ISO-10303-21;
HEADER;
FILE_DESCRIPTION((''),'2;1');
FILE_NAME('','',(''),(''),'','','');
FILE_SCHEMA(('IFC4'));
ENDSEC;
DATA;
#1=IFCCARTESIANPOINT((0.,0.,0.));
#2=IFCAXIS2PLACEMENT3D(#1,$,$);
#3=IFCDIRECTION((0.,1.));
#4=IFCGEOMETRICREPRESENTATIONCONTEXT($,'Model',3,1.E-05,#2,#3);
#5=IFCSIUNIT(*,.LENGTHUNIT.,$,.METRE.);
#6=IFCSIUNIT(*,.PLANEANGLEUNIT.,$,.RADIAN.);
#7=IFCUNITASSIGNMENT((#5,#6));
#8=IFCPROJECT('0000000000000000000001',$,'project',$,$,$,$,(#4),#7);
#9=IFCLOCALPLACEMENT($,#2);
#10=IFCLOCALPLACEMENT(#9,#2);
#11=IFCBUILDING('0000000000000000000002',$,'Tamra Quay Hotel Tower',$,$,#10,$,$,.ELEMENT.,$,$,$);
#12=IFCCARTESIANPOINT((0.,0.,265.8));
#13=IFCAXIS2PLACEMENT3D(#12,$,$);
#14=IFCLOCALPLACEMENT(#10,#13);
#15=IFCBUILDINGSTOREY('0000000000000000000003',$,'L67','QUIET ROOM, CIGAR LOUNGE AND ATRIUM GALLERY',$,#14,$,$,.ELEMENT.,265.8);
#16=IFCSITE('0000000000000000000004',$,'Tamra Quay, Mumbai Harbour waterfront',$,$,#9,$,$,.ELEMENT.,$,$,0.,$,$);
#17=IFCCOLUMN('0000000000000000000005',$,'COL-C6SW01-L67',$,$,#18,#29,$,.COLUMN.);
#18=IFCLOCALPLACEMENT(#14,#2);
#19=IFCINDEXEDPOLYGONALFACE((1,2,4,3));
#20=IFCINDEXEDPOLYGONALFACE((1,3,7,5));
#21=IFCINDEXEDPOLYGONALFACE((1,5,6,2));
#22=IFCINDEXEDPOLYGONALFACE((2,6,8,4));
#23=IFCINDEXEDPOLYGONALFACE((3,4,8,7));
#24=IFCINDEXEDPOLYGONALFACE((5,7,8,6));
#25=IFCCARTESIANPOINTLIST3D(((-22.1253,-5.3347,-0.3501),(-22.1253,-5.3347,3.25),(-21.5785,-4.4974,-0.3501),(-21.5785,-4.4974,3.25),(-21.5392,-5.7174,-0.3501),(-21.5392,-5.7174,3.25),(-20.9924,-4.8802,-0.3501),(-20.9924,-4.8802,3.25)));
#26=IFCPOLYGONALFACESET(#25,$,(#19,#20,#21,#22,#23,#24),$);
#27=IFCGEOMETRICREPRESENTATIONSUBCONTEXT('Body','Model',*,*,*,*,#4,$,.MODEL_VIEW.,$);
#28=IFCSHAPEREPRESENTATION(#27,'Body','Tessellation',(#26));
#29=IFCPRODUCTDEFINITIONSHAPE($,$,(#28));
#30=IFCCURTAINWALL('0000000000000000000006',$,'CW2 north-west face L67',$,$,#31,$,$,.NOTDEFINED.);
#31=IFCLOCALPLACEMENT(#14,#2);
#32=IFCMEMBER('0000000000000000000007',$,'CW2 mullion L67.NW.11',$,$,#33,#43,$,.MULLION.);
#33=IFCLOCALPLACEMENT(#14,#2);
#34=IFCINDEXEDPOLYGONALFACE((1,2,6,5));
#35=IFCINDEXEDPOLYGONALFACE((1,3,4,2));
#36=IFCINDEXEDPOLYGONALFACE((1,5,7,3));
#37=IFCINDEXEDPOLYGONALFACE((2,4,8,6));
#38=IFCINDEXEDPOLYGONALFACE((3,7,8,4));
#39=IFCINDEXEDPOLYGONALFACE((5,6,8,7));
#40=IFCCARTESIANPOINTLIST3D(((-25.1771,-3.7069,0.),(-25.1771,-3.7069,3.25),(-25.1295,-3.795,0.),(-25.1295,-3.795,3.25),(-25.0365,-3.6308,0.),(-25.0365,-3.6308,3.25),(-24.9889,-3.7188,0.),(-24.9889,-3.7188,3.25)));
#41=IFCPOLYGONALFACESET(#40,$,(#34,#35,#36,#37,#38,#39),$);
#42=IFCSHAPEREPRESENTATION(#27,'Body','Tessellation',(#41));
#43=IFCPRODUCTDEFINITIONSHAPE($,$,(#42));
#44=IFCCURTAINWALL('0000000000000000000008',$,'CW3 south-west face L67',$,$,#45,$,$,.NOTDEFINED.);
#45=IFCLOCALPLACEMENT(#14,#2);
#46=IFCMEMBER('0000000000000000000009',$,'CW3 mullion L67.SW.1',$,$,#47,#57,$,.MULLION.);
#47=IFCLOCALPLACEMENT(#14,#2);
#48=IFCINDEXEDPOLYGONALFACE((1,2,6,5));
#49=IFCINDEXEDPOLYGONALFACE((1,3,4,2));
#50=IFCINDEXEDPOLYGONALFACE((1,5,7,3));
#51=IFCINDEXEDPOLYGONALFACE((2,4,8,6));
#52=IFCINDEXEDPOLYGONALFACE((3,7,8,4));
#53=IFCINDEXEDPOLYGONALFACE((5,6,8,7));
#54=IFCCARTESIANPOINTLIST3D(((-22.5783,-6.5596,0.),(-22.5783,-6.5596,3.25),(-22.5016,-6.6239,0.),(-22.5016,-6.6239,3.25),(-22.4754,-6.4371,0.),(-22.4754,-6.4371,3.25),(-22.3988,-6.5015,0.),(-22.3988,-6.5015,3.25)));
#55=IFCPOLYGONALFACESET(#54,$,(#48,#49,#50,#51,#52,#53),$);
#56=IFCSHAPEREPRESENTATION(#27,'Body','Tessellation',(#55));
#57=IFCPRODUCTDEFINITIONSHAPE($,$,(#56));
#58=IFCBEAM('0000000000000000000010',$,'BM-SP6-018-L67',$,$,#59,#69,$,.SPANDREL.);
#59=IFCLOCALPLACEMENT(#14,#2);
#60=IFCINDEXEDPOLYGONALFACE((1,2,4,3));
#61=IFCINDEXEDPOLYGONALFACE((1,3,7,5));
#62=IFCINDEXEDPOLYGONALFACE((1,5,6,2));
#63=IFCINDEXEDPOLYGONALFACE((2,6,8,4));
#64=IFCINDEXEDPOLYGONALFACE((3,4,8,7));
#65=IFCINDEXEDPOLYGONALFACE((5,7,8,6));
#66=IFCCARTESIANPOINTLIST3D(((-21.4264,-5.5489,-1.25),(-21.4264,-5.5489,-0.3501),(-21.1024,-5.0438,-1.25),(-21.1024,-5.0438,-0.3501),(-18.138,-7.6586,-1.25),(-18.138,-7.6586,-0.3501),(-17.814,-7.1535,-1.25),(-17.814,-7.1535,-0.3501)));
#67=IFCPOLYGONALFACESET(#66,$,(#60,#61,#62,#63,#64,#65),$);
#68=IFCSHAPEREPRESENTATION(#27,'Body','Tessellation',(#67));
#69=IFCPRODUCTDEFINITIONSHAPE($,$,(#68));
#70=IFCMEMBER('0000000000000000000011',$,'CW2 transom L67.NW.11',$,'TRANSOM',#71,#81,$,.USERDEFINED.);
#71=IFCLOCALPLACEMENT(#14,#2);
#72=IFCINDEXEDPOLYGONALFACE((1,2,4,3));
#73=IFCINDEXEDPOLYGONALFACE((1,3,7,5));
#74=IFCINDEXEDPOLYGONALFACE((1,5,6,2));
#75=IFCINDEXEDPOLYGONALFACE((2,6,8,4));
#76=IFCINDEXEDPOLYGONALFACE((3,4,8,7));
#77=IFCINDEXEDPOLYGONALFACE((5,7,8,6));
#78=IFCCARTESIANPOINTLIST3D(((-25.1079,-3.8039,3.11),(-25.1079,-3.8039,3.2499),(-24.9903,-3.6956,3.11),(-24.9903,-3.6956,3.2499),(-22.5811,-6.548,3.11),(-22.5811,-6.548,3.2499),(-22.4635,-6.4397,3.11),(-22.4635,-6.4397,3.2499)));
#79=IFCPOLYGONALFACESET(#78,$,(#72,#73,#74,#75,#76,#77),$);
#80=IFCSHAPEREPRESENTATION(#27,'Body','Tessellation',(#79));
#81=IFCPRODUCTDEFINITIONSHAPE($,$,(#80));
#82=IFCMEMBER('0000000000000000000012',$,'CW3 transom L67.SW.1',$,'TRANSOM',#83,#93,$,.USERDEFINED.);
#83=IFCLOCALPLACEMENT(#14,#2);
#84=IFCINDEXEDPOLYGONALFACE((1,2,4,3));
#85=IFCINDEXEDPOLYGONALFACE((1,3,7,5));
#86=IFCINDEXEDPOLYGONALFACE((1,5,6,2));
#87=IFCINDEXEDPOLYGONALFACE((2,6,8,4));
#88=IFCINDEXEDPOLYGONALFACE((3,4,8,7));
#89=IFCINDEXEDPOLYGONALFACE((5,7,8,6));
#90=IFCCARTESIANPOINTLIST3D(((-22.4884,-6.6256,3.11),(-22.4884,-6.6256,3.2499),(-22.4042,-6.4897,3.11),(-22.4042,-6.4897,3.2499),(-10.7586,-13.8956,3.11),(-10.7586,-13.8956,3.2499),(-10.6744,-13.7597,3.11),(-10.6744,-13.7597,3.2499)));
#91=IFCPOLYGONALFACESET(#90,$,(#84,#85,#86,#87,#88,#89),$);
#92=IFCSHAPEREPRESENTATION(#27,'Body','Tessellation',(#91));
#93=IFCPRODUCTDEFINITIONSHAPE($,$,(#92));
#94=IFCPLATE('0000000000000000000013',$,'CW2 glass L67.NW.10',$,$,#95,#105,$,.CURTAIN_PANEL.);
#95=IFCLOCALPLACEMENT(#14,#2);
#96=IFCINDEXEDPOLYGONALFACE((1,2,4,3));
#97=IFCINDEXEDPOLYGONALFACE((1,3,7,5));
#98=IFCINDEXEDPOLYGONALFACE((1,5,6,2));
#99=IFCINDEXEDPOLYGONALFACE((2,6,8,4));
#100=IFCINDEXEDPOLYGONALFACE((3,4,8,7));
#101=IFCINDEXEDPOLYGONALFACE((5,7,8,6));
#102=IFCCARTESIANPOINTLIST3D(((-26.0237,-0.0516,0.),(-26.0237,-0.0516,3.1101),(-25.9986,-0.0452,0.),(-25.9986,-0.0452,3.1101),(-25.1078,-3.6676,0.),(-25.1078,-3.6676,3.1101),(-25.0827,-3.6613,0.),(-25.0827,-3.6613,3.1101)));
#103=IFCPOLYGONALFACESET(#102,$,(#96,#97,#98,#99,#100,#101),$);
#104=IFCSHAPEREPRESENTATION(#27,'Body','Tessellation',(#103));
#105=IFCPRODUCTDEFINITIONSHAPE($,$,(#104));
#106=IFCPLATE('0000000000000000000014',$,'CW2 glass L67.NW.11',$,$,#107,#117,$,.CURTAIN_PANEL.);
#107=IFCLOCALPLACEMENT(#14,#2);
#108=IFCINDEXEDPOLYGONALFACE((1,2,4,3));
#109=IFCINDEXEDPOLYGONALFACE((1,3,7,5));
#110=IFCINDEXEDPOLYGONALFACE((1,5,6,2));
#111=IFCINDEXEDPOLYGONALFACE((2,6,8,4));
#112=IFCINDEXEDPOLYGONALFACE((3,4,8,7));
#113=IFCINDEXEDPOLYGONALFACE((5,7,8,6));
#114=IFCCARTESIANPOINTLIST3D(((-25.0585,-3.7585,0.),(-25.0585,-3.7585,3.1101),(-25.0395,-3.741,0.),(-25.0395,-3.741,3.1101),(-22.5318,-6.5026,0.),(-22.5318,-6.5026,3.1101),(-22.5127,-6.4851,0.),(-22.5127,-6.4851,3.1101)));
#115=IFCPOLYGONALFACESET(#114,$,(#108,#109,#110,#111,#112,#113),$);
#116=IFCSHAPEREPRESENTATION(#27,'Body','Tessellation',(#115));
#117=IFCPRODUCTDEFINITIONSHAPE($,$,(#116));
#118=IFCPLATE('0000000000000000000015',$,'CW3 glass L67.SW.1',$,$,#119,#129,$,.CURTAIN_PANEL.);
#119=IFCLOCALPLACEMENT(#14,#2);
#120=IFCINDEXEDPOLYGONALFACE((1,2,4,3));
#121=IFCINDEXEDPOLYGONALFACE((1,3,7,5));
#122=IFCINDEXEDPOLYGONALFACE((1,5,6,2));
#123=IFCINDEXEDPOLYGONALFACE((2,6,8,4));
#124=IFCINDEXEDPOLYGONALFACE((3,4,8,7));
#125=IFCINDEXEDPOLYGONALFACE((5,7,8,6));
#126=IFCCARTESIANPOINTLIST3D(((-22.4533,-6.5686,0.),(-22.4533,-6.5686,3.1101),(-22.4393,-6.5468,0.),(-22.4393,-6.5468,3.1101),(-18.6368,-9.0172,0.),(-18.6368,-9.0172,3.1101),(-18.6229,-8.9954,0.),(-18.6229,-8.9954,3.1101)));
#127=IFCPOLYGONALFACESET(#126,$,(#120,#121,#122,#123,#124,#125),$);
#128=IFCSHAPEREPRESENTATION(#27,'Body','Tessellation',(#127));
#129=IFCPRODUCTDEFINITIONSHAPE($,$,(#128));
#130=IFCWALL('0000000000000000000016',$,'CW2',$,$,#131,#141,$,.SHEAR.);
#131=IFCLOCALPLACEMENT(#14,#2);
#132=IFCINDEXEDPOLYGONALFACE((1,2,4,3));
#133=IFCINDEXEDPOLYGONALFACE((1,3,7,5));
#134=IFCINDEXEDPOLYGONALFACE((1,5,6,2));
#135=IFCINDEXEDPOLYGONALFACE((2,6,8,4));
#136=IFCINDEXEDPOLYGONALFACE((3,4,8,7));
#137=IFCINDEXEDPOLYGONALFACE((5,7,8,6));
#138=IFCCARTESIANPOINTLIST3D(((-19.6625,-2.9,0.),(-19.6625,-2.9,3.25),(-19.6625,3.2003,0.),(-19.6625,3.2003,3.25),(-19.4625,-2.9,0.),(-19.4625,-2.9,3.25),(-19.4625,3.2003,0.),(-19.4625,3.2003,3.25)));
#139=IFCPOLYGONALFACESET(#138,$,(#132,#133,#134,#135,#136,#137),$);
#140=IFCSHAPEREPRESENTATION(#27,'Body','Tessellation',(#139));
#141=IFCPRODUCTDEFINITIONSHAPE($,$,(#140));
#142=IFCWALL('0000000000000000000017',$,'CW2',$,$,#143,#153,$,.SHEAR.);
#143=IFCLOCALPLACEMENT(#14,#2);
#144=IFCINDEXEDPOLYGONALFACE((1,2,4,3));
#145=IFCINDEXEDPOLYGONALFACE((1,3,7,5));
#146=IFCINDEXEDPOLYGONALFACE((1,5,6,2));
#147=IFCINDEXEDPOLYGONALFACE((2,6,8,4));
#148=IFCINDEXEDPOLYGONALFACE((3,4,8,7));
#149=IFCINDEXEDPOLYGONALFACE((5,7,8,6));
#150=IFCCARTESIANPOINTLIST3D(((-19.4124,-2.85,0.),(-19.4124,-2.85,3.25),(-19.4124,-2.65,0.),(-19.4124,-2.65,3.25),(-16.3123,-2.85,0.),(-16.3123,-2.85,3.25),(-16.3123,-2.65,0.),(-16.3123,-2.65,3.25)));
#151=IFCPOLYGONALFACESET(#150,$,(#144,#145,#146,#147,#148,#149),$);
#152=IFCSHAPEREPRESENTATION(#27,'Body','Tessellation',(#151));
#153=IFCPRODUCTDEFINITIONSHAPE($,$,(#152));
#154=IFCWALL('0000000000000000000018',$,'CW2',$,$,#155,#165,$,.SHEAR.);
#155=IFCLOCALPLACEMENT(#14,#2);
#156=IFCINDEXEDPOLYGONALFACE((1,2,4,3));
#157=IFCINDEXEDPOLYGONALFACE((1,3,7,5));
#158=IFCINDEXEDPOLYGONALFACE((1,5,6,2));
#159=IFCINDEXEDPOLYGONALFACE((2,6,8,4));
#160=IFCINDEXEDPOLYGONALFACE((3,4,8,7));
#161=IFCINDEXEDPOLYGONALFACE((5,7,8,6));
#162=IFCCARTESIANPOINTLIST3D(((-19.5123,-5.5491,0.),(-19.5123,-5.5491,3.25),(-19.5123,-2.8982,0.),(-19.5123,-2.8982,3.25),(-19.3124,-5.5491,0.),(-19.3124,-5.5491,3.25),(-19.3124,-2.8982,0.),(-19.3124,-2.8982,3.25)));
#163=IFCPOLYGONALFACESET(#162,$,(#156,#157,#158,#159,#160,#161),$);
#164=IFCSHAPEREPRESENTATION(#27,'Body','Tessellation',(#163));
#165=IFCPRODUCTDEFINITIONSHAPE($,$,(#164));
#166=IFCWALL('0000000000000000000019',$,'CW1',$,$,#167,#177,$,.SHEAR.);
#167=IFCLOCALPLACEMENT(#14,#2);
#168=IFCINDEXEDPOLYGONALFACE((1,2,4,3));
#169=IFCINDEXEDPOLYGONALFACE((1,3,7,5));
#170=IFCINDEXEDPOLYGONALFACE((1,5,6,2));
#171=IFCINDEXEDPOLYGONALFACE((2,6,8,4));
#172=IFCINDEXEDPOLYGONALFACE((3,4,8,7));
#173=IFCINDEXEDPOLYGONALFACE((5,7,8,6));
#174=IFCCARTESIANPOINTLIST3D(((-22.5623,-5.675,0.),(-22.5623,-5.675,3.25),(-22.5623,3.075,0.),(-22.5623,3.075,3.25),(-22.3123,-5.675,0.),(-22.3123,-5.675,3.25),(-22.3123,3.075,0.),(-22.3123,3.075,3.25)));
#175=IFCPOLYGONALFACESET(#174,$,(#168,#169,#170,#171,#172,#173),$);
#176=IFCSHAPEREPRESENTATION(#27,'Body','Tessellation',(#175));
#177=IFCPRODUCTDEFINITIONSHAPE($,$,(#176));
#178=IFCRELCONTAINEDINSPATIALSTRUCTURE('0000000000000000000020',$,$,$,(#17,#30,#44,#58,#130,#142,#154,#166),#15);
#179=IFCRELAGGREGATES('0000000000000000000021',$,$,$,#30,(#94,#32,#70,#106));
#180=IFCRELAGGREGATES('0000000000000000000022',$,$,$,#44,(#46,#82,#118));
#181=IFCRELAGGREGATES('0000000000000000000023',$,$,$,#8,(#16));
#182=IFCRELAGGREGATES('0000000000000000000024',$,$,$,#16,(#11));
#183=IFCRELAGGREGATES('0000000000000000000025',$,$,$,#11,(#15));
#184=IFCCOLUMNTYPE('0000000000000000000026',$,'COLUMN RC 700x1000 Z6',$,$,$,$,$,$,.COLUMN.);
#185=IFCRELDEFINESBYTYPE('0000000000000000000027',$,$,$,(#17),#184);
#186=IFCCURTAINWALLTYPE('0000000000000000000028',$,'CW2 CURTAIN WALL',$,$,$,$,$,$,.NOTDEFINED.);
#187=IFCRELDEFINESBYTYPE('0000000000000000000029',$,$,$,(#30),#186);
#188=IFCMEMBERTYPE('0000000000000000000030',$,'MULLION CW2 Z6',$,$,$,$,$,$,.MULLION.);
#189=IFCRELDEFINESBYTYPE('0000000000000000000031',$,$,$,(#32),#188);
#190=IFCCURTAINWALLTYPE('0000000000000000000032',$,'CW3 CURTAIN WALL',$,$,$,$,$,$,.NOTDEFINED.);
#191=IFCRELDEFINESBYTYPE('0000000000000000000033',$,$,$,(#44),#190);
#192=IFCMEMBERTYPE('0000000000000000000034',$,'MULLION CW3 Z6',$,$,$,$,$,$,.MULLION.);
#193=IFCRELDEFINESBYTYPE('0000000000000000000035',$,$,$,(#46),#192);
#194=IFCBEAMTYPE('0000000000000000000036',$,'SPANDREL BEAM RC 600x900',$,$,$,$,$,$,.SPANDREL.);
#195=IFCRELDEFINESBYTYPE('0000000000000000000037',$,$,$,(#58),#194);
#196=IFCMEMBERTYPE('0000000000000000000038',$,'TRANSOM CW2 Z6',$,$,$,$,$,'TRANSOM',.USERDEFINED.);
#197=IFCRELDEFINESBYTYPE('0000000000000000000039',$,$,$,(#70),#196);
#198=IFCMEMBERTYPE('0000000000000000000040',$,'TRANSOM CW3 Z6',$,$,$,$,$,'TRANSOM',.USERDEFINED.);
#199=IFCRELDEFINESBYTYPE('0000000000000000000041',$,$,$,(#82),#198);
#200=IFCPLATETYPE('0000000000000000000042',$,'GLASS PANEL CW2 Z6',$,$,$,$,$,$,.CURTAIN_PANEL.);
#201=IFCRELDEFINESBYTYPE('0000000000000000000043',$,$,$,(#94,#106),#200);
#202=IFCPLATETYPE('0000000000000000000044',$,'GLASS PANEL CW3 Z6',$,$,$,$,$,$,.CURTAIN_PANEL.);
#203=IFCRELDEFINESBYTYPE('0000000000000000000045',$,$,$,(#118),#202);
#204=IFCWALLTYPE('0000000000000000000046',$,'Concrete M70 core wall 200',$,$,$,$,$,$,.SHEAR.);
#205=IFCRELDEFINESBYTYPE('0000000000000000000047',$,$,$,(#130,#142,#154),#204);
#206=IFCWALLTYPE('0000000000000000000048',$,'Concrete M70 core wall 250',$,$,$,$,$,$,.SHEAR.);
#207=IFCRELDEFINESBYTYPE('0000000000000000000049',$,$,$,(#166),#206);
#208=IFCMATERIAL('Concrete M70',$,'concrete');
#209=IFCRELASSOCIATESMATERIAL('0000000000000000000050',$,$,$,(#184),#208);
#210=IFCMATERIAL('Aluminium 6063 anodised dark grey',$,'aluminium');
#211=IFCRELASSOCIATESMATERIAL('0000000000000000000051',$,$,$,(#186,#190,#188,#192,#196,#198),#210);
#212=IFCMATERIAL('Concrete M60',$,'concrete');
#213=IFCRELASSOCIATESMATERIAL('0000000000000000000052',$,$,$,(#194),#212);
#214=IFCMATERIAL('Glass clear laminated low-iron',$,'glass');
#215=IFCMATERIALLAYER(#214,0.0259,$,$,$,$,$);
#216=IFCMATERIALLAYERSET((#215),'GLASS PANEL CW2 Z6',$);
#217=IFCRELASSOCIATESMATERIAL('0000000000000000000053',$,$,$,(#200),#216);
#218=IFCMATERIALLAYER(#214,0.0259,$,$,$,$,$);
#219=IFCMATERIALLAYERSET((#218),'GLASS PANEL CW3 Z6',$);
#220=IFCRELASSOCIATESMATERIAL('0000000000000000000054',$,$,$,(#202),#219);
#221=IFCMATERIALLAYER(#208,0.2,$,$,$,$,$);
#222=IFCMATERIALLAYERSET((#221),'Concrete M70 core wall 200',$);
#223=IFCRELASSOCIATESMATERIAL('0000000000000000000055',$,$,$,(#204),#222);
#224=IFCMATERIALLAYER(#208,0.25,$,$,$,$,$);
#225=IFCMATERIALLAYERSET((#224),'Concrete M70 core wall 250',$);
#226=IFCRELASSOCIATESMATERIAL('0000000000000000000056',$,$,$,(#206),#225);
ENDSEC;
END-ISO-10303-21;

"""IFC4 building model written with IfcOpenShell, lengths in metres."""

from ifc_helpers import new_model, si_unit, direction, frame, frame_2d, origin, origin_2d, place, context, subcontext, project, spatial, rectangle, extrude, material, layer, layer_set, material_profile, profile_set, type_object, element, aggregate, save


model = new_model("IFC4")

# Units and contexts
model_context = context("Model", 3, precision=1e-05, world=origin(), true_north=direction((0.0, 1.0)))
body_context = subcontext(model_context, "Body", "Model", "MODEL_VIEW")
ifc_project = project(units=[si_unit("LENGTHUNIT", "METRE"), si_unit("PLANEANGLEUNIT", "RADIAN")], contexts=[model_context])

# Site, building, storey
site_placement = place(None, origin())
site = spatial("IfcSite", under=ifc_project, at=site_placement, Name="Tamra Quay, Mumbai Harbour waterfront", CompositionType="ELEMENT", RefElevation=0.0)
building_placement = place(site_placement, origin())
building = spatial("IfcBuilding", under=site, at=building_placement, Name="Tamra Quay Hotel Tower", CompositionType="ELEMENT")
storey_placement = place(building_placement, frame((0.0, 0.0, 265.8)))
storey = spatial("IfcBuildingStorey", under=building, at=storey_placement, Name="L67", Description="QUIET ROOM, CIGAR LOUNGE AND ATRIUM GALLERY", CompositionType="ELEMENT", Elevation=265.8)

# Column
ifc_material_1 = material(Name="Concrete M70", Category="concrete")
ifc_material_profile_1 = material_profile(ifc_material_1, rectangle(XDim=1.0, YDim=0.7, at=origin_2d()), Name="COLUMN RC 700x1000 Z6")
ifc_profile_set_1 = profile_set([ifc_material_profile_1], Name="Concrete M70")
column_type = type_object("IfcColumnType", Name="COLUMN RC 700x1000 Z6", PredefinedType="COLUMN", material=ifc_profile_set_1)
column_placement = place(storey_placement, frame((-21.5588, -5.1074, -0.3501), z_axis=(0.0, 0.0, 1.0), x_axis=(0.546805, 0.83726, 0.0)))
element("IfcColumn", 1, at=column_placement, inside=storey, type_object=column_type, Name="COL-C6SW01-L67", PredefinedType="COLUMN", context=body_context, shape_type="SweptSolid", body=[
    extrude(rectangle(XDim=1.0, YDim=0.7, at=origin_2d()), origin(), (0.0, 0.0, 1.0), 3.6001),
])

# Curtain walls, members
ifc_material_2 = material(Name="Aluminium 6063 anodised dark grey", Category="aluminium")
curtain_wall_type_1 = type_object("IfcCurtainWallType", Name="CW2 CURTAIN WALL", PredefinedType="NOTDEFINED", material=ifc_material_2)
curtain_wall_1_placement = place(storey_placement, origin())
curtain_wall_1 = element("IfcCurtainWall", 2, at=curtain_wall_1_placement, inside=storey, type_object=curtain_wall_type_1, Name="CW2 north-west face L67", PredefinedType="NOTDEFINED")
ifc_material_profile_2 = material_profile(ifc_material_2, rectangle(XDim=0.1599, YDim=0.1001, at=origin_2d()), Name="MULLION 100X160")
ifc_profile_set_2 = profile_set([ifc_material_profile_2], Name="Aluminium 6063 anodised dark grey")
member_type_1 = type_object("IfcMemberType", Name="MULLION CW2 Z6", PredefinedType="MULLION", material=ifc_profile_set_2)
member_1_placement = place(storey_placement, frame((-25.083, -3.7129, 0.0), z_axis=(0.0, 0.0, 1.0), x_axis=(-0.879433, -0.476023, 0.0)))
member_1 = element("IfcMember", 3, at=member_1_placement, type_object=member_type_1, Name="CW2 mullion L67.NW.11", PredefinedType="MULLION", context=body_context, shape_type="SweptSolid", body=[
    extrude(rectangle(XDim=0.1599, YDim=0.1001, at=origin_2d()), origin(), (0.0, 0.0, 1.0), 3.25),
])
curtain_wall_type_2 = type_object("IfcCurtainWallType", Name="CW3 CURTAIN WALL", PredefinedType="NOTDEFINED", material=ifc_material_2)
curtain_wall_2_placement = place(storey_placement, origin())
curtain_wall_2 = element("IfcCurtainWall", 4, at=curtain_wall_2_placement, inside=storey, type_object=curtain_wall_type_2, Name="CW3 south-west face L67", PredefinedType="NOTDEFINED")
ifc_material_profile_3 = material_profile(ifc_material_2, rectangle(XDim=0.1599, YDim=0.1001, at=origin_2d()), Name="MULLION 100X160")
ifc_profile_set_3 = profile_set([ifc_material_profile_3], Name="Aluminium 6063 anodised dark grey")
member_type_2 = type_object("IfcMemberType", Name="MULLION CW3 Z6", PredefinedType="MULLION", material=ifc_profile_set_3)
member_2_placement = place(storey_placement, frame((-22.4885, -6.5305, 0.0), z_axis=(0.0, 0.0, 1.0), x_axis=(-0.643086, -0.765794, 0.0)))
member_2 = element("IfcMember", 5, at=member_2_placement, type_object=member_type_2, Name="CW3 mullion L67.SW.1", PredefinedType="MULLION", context=body_context, shape_type="SweptSolid", body=[
    extrude(rectangle(XDim=0.1599, YDim=0.1001, at=origin_2d()), origin(), (0.0, 0.0, 1.0), 3.25),
])

# Beam
ifc_material_3 = material(Name="Concrete M60", Category="concrete")
ifc_material_profile_4 = material_profile(ifc_material_3, rectangle(XDim=0.6001, YDim=0.8999, at=origin_2d()), Name="SPANDREL BEAM RC 600x900")
ifc_profile_set_4 = profile_set([ifc_material_profile_4], Name="Concrete M60")
beam_type = type_object("IfcBeamType", Name="SPANDREL BEAM RC 600x900", PredefinedType="SPANDREL", material=ifc_profile_set_4)
beam_placement = place(storey_placement, frame((-21.2644, -5.2964, -0.8), z_axis=(0.84168, -0.539977, 0.0), x_axis=(0.539977, 0.84168, 0.0)))
element("IfcBeam", 6, at=beam_placement, inside=storey, type_object=beam_type, Name="BM-SP6-018-L67", PredefinedType="SPANDREL", context=body_context, shape_type="SweptSolid", body=[
    extrude(rectangle(XDim=0.6001, YDim=0.8999, at=origin_2d()), origin(), (0.0, 0.0, 1.0), 3.907),
])

# Members
ifc_material_profile_5 = material_profile(ifc_material_2, rectangle(XDim=0.1599, YDim=0.1399, at=origin_2d()), Name="TRANSOM 160X140")
ifc_profile_set_5 = profile_set([ifc_material_profile_5], Name="Aluminium 6063 anodised dark grey")
member_type_3 = type_object("IfcMemberType", Name="TRANSOM CW2 Z6", ElementType="TRANSOM", PredefinedType="USERDEFINED", material=ifc_profile_set_5)
member_3_placement = place(storey_placement, frame((-25.0491, -3.7498, 3.1799), z_axis=(0.677383, -0.735631, 0.0), x_axis=(0.735631, 0.677383, 0.0)))
member_3 = element("IfcMember", 7, at=member_3_placement, type_object=member_type_3, Name="CW2 transom L67.NW.11", ObjectType="TRANSOM", PredefinedType="USERDEFINED", context=body_context, shape_type="SweptSolid", body=[
    extrude(rectangle(XDim=0.1599, YDim=0.1399, at=origin_2d()), origin(), (0.0, 0.0, 1.0), 3.7302),
])
ifc_material_profile_6 = material_profile(ifc_material_2, rectangle(XDim=0.1599, YDim=0.1399, at=origin_2d()), Name="TRANSOM 160X140")
ifc_profile_set_6 = profile_set([ifc_material_profile_6], Name="Aluminium 6063 anodised dark grey")
member_type_4 = type_object("IfcMemberType", Name="TRANSOM CW3 Z6", ElementType="TRANSOM", PredefinedType="USERDEFINED", material=ifc_profile_set_6)
member_4_placement = place(storey_placement, frame((-22.4463, -6.5576, 3.1799), z_axis=(0.849981, -0.526813, 0.0), x_axis=(0.526813, 0.849981, 0.0)))
member_4 = element("IfcMember", 8, at=member_4_placement, type_object=member_type_4, Name="CW3 transom L67.SW.1", ObjectType="TRANSOM", PredefinedType="USERDEFINED", context=body_context, shape_type="SweptSolid", body=[
    extrude(rectangle(XDim=0.1599, YDim=0.1399, at=origin_2d()), origin(), (0.0, 0.0, 1.0), 13.8),
])

# Plates
ifc_material_4 = material(Name="Glass clear laminated low-iron", Category="glass")
ifc_layer_1 = layer(ifc_material_4, 0.0259)
ifc_layer_set_1 = layer_set([ifc_layer_1], Name="GLASS PANEL CW2 Z6")
plate_type_1 = type_object("IfcPlateType", Name="GLASS PANEL CW2 Z6", PredefinedType="CURTAIN_PANEL", material=ifc_layer_set_1)
plate_1_placement = place(storey_placement, frame((-25.5532, -1.8564, 0.0), z_axis=(0.0, 0.0, 1.0), x_axis=(0.245527, -0.96939, 0.0)))
plate_1 = element("IfcPlate", 9, at=plate_1_placement, type_object=plate_type_1, Name="CW2 glass L67.NW.10", PredefinedType="CURTAIN_PANEL", context=body_context, shape_type="SweptSolid", body=[
    extrude(rectangle(XDim=3.7302, YDim=0.0259, at=origin_2d()), origin(), (0.0, 0.0, 1.0), 3.1101),
])
plate_2_placement = place(storey_placement, frame((-23.7856, -5.1218, 0.0), z_axis=(0.0, 0.0, 1.0), x_axis=(0.677376, -0.735637, 0.0)))
plate_2 = element("IfcPlate", 10, at=plate_2_placement, type_object=plate_type_1, Name="CW2 glass L67.NW.11", PredefinedType="CURTAIN_PANEL", context=body_context, shape_type="SweptSolid", body=[
    extrude(rectangle(XDim=3.7302, YDim=0.0259, at=origin_2d()), origin(), (0.0, 0.0, 1.0), 3.1101),
])
aggregate(curtain_wall_1, [plate_1, member_1, member_3, plate_2])
ifc_layer_2 = layer(ifc_material_4, 0.0259)
ifc_layer_set_2 = layer_set([ifc_layer_2], Name="GLASS PANEL CW3 Z6")
plate_type_2 = type_object("IfcPlateType", Name="GLASS PANEL CW3 Z6", PredefinedType="CURTAIN_PANEL", material=ifc_layer_set_2)
plate_3_placement = place(storey_placement, frame((-20.5381, -7.782, 0.0), z_axis=(0.0, 0.0, 1.0), x_axis=(0.841665, -0.54, 0.0)))
plate_3 = element("IfcPlate", 11, at=plate_3_placement, type_object=plate_type_2, Name="CW3 glass L67.SW.1", PredefinedType="CURTAIN_PANEL", context=body_context, shape_type="SweptSolid", body=[
    extrude(rectangle(XDim=4.5344, YDim=0.0259, at=origin_2d()), origin(), (0.0, 0.0, 1.0), 3.1101),
])
aggregate(curtain_wall_2, [member_2, member_4, plate_3])

# Walls
ifc_layer_3 = layer(ifc_material_1, 0.2)
ifc_layer_set_3 = layer_set([ifc_layer_3], Name="Concrete M70 core wall 200")
wall_type_1 = type_object("IfcWallType", Name="Concrete M70 core wall 200", PredefinedType="SHEAR", material=ifc_layer_set_3)
wall_1_placement = place(storey_placement, frame((-19.5625, -2.9001, 0.0), z_axis=(0.0, 0.0, 1.0), x_axis=(0.0, 1.0, 0.0)))
element("IfcWall", 12, at=wall_1_placement, inside=storey, type_object=wall_type_1, Name="CW2", PredefinedType="SHEAR", context=body_context, shape_type="SweptSolid", body=[
    extrude(rectangle(XDim=6.1003, YDim=0.2, at=frame_2d((3.0503, 0.0))), origin(), (0.0, 0.0, 1.0), 3.25),
])
wall_2_placement = place(storey_placement, frame((-19.4124, -2.75, 0.0), z_axis=(0.0, 0.0, 1.0), x_axis=(1.0, 0.0, 0.0)))
element("IfcWall", 13, at=wall_2_placement, inside=storey, type_object=wall_type_1, Name="CW2", PredefinedType="SHEAR", context=body_context, shape_type="SweptSolid", body=[
    extrude(rectangle(XDim=3.1001, YDim=0.2, at=frame_2d((1.55, 0.0))), origin(), (0.0, 0.0, 1.0), 3.25),
])
wall_3_placement = place(storey_placement, frame((-19.4124, -5.5491, 0.0), z_axis=(0.0, 0.0, 1.0), x_axis=(0.0, 1.0, 0.0)))
element("IfcWall", 14, at=wall_3_placement, inside=storey, type_object=wall_type_1, Name="CW2", PredefinedType="SHEAR", context=body_context, shape_type="SweptSolid", body=[
    extrude(rectangle(XDim=2.6509, YDim=0.2, at=frame_2d((1.3254, 0.0))), origin(), (0.0, 0.0, 1.0), 3.25),
])
ifc_layer_4 = layer(ifc_material_1, 0.25)
ifc_layer_set_4 = layer_set([ifc_layer_4], Name="Concrete M70 core wall 250")
wall_type_2 = type_object("IfcWallType", Name="Concrete M70 core wall 250", PredefinedType="SHEAR", material=ifc_layer_set_4)
wall_4_placement = place(storey_placement, frame((-22.4373, -5.675, 0.0), z_axis=(0.0, 0.0, 1.0), x_axis=(0.0, 1.0, 0.0)))
element("IfcWall", 15, at=wall_4_placement, inside=storey, type_object=wall_type_2, Name="CW1", PredefinedType="SHEAR", context=body_context, shape_type="SweptSolid", body=[
    extrude(rectangle(XDim=8.75, YDim=0.25, at=frame_2d((4.375, 0.0))), origin(), (0.0, 0.0, 1.0), 3.25),
])

save(model, "model.ifc")
